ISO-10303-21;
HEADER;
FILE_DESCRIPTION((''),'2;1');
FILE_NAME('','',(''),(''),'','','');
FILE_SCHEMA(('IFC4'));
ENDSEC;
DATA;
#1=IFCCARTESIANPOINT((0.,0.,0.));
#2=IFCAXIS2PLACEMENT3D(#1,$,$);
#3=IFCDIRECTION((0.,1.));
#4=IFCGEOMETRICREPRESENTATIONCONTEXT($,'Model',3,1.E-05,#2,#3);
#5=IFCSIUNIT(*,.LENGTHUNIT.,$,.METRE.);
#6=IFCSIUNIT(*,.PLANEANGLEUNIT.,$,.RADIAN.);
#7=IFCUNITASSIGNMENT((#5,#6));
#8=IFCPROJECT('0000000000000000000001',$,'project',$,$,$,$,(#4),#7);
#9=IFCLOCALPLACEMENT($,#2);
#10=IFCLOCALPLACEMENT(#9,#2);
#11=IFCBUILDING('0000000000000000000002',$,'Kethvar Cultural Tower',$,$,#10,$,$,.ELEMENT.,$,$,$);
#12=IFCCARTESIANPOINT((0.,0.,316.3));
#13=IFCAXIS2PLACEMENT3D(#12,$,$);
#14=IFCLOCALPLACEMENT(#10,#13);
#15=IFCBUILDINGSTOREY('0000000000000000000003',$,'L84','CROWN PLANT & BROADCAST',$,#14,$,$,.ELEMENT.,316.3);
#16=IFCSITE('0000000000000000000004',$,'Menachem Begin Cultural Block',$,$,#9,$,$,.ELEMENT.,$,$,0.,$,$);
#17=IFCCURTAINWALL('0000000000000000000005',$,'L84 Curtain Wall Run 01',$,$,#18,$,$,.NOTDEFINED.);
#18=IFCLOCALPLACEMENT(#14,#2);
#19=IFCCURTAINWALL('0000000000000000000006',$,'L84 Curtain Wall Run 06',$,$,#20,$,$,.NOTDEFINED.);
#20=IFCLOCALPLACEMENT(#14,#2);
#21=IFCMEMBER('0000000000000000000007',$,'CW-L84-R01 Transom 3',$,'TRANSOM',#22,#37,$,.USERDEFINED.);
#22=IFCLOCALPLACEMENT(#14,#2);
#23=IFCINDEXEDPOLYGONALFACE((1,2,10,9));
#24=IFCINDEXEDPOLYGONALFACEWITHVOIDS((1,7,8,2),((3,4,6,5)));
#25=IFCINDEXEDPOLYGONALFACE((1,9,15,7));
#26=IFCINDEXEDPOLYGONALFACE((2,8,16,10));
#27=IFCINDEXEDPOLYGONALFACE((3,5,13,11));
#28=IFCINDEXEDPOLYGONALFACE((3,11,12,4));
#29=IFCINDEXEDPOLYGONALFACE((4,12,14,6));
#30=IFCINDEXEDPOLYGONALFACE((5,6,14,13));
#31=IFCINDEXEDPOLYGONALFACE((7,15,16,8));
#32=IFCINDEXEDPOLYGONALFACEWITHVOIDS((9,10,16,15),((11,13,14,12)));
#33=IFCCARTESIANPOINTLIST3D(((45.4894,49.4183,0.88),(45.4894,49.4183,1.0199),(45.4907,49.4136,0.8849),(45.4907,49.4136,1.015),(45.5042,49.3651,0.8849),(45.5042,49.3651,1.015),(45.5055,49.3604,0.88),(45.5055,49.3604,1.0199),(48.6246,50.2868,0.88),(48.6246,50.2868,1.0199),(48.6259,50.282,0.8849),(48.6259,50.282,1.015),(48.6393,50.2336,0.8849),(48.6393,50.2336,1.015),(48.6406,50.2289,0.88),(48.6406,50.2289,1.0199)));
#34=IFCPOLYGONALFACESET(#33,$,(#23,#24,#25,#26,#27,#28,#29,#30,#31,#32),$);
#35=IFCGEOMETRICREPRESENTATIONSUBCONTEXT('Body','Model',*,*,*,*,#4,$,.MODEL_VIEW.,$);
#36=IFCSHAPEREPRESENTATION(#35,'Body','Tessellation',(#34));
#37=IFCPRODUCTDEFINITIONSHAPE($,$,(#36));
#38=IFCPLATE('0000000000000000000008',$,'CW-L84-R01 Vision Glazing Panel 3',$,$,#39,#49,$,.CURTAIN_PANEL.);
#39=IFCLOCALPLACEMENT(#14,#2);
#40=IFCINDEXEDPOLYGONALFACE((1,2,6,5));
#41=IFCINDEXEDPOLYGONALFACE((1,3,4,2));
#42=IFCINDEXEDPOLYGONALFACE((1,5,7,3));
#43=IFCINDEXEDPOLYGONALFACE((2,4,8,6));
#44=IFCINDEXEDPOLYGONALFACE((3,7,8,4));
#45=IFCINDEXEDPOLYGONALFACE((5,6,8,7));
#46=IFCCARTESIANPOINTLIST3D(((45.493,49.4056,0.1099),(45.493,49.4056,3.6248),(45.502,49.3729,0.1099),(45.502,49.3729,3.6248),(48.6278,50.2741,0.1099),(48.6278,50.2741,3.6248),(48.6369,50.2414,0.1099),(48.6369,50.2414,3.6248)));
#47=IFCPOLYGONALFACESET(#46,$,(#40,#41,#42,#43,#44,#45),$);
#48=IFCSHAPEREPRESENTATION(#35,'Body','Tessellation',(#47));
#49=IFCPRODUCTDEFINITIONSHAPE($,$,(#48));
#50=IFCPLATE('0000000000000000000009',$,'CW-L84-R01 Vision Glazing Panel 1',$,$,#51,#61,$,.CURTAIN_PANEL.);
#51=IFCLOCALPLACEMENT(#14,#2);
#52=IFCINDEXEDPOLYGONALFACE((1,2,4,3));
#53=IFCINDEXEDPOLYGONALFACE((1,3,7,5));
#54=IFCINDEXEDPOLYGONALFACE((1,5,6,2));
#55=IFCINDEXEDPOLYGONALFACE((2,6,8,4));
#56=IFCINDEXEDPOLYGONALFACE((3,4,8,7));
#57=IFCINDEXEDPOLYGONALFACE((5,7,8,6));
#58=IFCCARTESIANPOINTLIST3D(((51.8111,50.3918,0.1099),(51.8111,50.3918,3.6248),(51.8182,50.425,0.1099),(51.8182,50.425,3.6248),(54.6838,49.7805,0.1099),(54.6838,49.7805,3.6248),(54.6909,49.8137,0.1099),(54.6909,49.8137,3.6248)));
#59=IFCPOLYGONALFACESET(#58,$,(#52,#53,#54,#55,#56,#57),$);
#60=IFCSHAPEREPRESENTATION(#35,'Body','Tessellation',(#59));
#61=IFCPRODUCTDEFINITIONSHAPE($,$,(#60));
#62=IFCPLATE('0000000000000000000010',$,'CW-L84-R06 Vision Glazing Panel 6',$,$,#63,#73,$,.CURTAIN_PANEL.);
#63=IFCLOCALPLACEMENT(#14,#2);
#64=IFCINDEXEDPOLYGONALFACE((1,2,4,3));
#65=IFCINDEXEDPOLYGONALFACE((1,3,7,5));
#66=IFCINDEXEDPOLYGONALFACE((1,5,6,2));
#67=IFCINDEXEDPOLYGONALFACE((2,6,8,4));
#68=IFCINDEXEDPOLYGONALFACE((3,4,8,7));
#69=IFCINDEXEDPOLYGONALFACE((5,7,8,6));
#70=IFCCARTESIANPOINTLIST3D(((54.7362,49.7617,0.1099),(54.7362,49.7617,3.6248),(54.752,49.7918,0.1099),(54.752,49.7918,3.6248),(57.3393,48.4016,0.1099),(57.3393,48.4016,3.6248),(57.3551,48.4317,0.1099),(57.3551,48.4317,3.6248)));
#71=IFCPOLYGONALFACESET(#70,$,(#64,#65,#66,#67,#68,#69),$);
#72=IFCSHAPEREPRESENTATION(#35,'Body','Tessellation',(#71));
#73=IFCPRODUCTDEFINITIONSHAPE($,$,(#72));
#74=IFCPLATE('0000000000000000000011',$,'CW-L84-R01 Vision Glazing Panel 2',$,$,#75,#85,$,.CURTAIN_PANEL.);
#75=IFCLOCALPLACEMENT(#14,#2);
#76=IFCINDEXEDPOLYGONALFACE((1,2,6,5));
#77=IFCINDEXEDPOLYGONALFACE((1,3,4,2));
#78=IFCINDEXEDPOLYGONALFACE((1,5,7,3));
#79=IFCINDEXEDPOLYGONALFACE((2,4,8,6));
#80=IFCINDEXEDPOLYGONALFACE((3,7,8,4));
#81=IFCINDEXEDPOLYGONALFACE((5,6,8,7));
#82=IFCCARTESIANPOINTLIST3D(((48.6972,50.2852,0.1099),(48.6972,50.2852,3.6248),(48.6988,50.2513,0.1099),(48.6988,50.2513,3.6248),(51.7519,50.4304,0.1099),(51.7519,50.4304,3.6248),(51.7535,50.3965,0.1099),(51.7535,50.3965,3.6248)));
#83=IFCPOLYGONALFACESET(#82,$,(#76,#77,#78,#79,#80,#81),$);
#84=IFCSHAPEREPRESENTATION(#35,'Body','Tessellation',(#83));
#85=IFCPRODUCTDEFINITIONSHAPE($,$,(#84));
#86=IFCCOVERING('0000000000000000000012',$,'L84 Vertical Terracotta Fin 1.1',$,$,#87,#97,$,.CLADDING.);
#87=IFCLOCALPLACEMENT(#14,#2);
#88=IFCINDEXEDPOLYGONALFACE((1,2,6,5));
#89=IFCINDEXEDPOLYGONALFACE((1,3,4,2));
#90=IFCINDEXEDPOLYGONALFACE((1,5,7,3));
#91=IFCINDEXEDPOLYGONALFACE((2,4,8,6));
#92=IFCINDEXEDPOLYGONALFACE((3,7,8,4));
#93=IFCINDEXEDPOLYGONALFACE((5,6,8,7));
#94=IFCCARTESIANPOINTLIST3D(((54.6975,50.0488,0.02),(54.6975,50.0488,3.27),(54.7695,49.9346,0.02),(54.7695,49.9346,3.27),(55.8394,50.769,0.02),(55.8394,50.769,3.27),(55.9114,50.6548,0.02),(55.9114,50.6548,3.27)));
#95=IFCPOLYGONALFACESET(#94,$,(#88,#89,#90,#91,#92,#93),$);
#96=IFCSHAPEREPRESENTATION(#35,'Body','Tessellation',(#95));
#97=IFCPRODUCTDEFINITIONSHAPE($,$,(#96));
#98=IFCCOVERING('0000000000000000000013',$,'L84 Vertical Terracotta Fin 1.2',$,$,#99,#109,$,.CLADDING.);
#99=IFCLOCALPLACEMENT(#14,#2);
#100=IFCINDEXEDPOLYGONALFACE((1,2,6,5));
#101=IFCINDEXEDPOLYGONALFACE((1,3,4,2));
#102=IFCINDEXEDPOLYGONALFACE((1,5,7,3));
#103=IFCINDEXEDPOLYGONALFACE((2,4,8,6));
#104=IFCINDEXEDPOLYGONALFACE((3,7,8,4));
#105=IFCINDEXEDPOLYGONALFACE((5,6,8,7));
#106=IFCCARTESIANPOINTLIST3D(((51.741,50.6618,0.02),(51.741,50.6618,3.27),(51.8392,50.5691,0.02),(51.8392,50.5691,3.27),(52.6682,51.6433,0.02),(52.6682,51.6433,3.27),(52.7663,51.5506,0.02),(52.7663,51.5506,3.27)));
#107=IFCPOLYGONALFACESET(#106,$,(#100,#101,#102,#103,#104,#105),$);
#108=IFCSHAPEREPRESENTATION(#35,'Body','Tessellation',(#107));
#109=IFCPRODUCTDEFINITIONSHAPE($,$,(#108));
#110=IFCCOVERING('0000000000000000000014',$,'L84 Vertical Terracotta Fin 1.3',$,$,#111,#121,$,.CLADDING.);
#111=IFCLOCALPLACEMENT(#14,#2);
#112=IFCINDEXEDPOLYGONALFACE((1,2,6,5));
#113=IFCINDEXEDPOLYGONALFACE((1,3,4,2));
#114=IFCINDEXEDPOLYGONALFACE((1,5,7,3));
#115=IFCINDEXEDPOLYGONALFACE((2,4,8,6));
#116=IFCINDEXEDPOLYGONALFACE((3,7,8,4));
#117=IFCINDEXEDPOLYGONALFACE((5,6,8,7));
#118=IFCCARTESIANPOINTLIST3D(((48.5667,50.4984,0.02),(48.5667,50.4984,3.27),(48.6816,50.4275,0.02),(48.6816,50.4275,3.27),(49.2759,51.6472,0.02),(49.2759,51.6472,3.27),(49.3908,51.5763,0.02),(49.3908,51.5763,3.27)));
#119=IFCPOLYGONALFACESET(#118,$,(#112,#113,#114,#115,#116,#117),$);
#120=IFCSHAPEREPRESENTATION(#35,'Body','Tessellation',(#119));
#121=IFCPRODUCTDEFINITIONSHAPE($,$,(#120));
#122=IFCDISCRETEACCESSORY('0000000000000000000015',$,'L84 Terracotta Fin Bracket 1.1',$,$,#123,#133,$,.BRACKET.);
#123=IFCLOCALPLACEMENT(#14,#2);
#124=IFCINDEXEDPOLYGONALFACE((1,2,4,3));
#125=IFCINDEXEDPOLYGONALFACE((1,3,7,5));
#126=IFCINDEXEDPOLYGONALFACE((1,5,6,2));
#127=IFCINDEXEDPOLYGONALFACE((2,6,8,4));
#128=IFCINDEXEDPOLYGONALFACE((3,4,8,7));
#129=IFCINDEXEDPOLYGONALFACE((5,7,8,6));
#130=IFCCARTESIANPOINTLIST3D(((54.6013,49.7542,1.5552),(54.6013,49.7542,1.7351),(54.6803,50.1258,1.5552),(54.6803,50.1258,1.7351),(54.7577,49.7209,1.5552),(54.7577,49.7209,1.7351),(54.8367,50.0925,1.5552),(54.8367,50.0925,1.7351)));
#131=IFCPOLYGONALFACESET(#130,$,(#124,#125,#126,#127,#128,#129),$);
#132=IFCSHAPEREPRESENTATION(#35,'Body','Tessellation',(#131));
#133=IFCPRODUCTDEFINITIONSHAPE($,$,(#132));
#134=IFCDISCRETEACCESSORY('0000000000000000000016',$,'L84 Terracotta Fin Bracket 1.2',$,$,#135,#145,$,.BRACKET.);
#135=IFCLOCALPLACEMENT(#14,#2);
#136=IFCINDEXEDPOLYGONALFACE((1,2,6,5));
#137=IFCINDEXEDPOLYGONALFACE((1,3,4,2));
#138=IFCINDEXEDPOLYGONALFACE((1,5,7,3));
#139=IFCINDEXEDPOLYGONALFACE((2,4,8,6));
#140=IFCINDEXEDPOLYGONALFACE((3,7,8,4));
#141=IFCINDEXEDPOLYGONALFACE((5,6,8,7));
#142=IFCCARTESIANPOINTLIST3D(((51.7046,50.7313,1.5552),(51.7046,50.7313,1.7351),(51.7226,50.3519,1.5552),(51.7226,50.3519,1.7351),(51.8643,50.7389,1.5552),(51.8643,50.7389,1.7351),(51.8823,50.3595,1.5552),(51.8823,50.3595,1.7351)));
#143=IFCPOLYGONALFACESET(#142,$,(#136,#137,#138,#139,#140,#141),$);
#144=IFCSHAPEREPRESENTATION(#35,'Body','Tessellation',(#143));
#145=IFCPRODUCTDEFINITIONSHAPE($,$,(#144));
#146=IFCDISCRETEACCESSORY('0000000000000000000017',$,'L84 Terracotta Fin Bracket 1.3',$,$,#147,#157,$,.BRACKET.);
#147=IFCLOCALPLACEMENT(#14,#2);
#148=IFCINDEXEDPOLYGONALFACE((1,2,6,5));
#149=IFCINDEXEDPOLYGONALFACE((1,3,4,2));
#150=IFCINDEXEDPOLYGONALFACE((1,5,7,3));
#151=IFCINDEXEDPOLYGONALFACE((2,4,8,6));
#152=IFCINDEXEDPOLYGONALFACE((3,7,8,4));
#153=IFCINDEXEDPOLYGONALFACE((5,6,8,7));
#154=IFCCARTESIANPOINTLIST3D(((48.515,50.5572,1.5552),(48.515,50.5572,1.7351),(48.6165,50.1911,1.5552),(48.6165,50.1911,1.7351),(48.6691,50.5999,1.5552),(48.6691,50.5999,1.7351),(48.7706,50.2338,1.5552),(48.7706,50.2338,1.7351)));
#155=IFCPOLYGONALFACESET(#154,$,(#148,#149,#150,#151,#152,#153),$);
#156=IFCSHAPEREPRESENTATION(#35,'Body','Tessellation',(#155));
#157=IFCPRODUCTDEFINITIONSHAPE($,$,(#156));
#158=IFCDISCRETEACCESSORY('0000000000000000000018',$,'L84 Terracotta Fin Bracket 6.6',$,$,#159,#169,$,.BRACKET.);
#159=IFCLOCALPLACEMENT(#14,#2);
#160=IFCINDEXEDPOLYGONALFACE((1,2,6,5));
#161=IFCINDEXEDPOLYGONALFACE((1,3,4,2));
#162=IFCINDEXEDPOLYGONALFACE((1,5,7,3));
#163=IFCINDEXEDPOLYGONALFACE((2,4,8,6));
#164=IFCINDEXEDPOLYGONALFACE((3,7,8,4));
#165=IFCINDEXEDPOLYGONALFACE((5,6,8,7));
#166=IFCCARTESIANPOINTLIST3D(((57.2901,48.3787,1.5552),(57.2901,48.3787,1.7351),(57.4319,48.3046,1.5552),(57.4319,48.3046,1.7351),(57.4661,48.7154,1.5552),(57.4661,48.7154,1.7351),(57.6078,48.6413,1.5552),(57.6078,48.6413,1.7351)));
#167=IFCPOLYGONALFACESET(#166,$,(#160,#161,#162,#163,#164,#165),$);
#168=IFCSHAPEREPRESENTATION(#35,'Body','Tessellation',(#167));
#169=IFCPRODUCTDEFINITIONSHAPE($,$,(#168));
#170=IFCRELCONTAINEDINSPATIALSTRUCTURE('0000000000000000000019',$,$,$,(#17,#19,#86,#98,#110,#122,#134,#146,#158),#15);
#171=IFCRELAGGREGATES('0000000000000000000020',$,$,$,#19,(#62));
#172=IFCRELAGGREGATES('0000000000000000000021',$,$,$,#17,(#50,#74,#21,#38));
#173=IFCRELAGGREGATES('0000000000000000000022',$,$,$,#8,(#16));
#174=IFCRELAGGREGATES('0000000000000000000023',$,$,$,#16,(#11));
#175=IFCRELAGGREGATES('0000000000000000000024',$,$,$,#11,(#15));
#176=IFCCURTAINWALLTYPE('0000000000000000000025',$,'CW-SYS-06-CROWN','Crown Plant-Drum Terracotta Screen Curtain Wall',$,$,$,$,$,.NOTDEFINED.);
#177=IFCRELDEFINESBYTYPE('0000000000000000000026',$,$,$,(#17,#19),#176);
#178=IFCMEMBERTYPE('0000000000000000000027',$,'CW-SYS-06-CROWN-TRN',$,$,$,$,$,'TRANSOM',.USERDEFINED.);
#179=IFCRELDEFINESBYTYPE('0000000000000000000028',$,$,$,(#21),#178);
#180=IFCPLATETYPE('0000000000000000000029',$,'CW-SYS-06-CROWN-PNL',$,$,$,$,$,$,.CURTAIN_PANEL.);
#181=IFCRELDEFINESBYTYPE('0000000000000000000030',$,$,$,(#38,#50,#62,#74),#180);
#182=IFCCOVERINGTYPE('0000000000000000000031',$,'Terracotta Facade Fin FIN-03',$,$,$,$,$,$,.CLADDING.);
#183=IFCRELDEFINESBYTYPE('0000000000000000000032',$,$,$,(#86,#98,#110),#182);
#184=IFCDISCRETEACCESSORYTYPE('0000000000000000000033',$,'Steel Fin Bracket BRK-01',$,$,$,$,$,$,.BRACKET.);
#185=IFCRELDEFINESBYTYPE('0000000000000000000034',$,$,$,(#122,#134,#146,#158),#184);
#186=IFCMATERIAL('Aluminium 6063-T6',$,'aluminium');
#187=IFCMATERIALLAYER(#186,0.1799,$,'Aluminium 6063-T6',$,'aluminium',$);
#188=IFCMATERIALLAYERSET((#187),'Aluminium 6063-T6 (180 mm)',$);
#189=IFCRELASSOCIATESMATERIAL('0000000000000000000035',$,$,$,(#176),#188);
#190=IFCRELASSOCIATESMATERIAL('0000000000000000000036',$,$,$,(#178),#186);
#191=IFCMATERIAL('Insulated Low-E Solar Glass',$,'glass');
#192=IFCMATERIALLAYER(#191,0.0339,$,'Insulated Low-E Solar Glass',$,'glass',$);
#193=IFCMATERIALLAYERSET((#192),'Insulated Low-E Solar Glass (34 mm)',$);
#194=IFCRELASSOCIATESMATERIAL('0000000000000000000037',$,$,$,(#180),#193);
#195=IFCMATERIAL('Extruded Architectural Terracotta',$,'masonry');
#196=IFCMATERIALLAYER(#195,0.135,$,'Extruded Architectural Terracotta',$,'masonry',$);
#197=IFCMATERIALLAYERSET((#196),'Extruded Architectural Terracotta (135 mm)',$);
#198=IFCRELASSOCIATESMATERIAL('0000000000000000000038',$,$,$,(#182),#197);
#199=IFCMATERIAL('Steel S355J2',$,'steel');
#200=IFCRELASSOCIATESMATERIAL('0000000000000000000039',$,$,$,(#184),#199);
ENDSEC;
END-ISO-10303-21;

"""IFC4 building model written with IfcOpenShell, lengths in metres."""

from ifc_helpers import new_model, si_unit, direction, frame, origin, origin_2d, place, context, subcontext, project, spatial, rectangle, hollow_rectangle, extrude, source, transform, mapped, material, layer, layer_set, material_profile, profile_set, type_object, element, aggregate, save


model = new_model("IFC4")

# Units and contexts
model_context = context("Model", 3, precision=1e-05, world=origin(), true_north=direction((0.0, 1.0)))
body_context = subcontext(model_context, "Body", "Model", "MODEL_VIEW")
ifc_project = project(units=[si_unit("LENGTHUNIT", "METRE"), si_unit("PLANEANGLEUNIT", "RADIAN")], contexts=[model_context])

# Site, building, storey
site_placement = place(None, origin())
site = spatial("IfcSite", under=ifc_project, at=site_placement, Name="Menachem Begin Cultural Block", CompositionType="ELEMENT", RefElevation=0.0)
building_placement = place(site_placement, origin())
building = spatial("IfcBuilding", under=site, at=building_placement, Name="Kethvar Cultural Tower", CompositionType="ELEMENT")
storey_placement = place(building_placement, frame((0.0, 0.0, 316.3)))
storey = spatial("IfcBuildingStorey", under=building, at=storey_placement, Name="L84", Description="CROWN PLANT & BROADCAST", CompositionType="ELEMENT", Elevation=316.3)

# Shared definitions
ifc_material_1 = material(Name="Steel S355J2", Category="steel")

# Curtain walls
ifc_material_2 = material(Name="Aluminium 6063-T6", Category="aluminium")
ifc_layer_1 = layer(ifc_material_2, 0.1799, Name="Aluminium 6063-T6", Category="aluminium")
ifc_layer_set_1 = layer_set([ifc_layer_1], Name="Aluminium 6063-T6 (180 mm)")
curtain_wall_type = type_object("IfcCurtainWallType", Name="CW-SYS-06-CROWN", Description="Crown Plant-Drum Terracotta Screen Curtain Wall", PredefinedType="NOTDEFINED", material=ifc_layer_set_1)
curtain_wall_1_placement = place(storey_placement, origin())
curtain_wall_1 = element("IfcCurtainWall", 1, at=curtain_wall_1_placement, inside=storey, type_object=curtain_wall_type, Name="L84 Curtain Wall Run 01", PredefinedType="NOTDEFINED")
curtain_wall_2_placement = place(storey_placement, origin())
curtain_wall_2 = element("IfcCurtainWall", 2, at=curtain_wall_2_placement, inside=storey, type_object=curtain_wall_type, Name="L84 Curtain Wall Run 06", PredefinedType="NOTDEFINED")

# Member
ifc_material_profile_1 = material_profile(ifc_material_2, hollow_rectangle(XDim=0.0601, YDim=0.1399, WallThickness=0.0049, at=origin_2d()), Name="Aluminium 6063-T6 — RHS140x60x5")
ifc_profile_set_1 = profile_set([ifc_material_profile_1], Name="Aluminium 6063-T6 — RHS140x60x5")
member_type_1 = type_object("IfcMemberType", Name="CW-SYS-06-CROWN-TRN", ElementType="TRANSOM", PredefinedType="USERDEFINED", material=ifc_profile_set_1)
shared_shape_1 = source(origin(), body_context, "Body", "SweptSolid", [
    extrude(hollow_rectangle(XDim=0.0601, YDim=0.1399, WallThickness=0.0049, at=origin_2d()), origin(), (0.0, 0.0, 1.0), 3.2532),
])
member_1_placement = place(storey_placement, frame((48.6326, 50.2578, 0.95), z_axis=(-0.96371, -0.266951, 0.0), x_axis=(0.266951, -0.96371, 0.0)))
member_1 = element("IfcMember", 3, at=member_1_placement, type_object=member_type_1, Name="CW-L84-R01 Transom 3", ObjectType="TRANSOM", PredefinedType="USERDEFINED", context=body_context, shape_type="MappedRepresentation", body=[
    mapped(shared_shape_1, transform((0.0, 0.0, 0.0), scale=1.0)),
])

# Plates
ifc_material_3 = material(Name="Insulated Low-E Solar Glass", Category="glass")
ifc_layer_2 = layer(ifc_material_3, 0.0339, Name="Insulated Low-E Solar Glass", Category="glass")
ifc_layer_set_2 = layer_set([ifc_layer_2], Name="Insulated Low-E Solar Glass (34 mm)")
plate_type = type_object("IfcPlateType", Name="CW-SYS-06-CROWN-PNL", PredefinedType="CURTAIN_PANEL", material=ifc_layer_set_2)
shared_shape_2 = source(origin(), body_context, "Body", "SweptSolid", [
    extrude(rectangle(XDim=3.2529, YDim=0.0339, at=origin_2d()), origin(), (0.0, 0.0, 1.0), 3.5149),
])
plate_1_placement = place(storey_placement, frame((47.0649, 49.8235, 0.1099), z_axis=(0.0, 0.0, 1.0), x_axis=(-0.9637, -0.266986, 0.0)))
plate_1 = element("IfcPlate", 4, at=plate_1_placement, type_object=plate_type, Name="CW-L84-R01 Vision Glazing Panel 3", PredefinedType="CURTAIN_PANEL", context=body_context, shape_type="MappedRepresentation", body=[
    mapped(shared_shape_2, transform((0.0, 0.0, 0.0), scale=1.0)),
])
shared_shape_3 = source(origin(), body_context, "Body", "SweptSolid", [
    extrude(rectangle(XDim=2.937, YDim=0.0339, at=origin_2d()), origin(), (0.0, 0.0, 1.0), 3.5149),
])
plate_2_placement = place(storey_placement, frame((53.251, 50.1028, 0.1099), z_axis=(0.0, 0.0, 1.0), x_axis=(-0.9781, 0.208134, 0.0)))
plate_2 = element("IfcPlate", 5, at=plate_2_placement, type_object=plate_type, Name="CW-L84-R01 Vision Glazing Panel 1", PredefinedType="CURTAIN_PANEL", context=body_context, shape_type="MappedRepresentation", body=[
    mapped(shared_shape_3, transform((0.0, 0.0, 0.0), scale=1.0)),
])
plate_3_placement = place(storey_placement, frame((56.0457, 49.0967, 0.1099), z_axis=(0.0, 0.0, 1.0), x_axis=(-0.886309, 0.463095, 0.0)))
plate_3 = element("IfcPlate", 6, at=plate_3_placement, type_object=plate_type, Name="CW-L84-R06 Vision Glazing Panel 6", PredefinedType="CURTAIN_PANEL", context=body_context, shape_type="MappedRepresentation", body=[
    mapped(shared_shape_3, transform((0.0, 0.0, 0.0), scale=1.0)),
])
aggregate(curtain_wall_2, [plate_3])
shared_shape_4 = source(origin(), body_context, "Body", "SweptSolid", [
    extrude(rectangle(XDim=3.0581, YDim=0.0339, at=origin_2d()), origin(), (0.0, 0.0, 1.0), 3.5149),
])
plate_4_placement = place(storey_placement, frame((50.2253, 50.3408, 0.1099), z_axis=(0.0, 0.0, 1.0), x_axis=(-0.998873, -0.047473, 0.0)))
plate_4 = element("IfcPlate", 7, at=plate_4_placement, type_object=plate_type, Name="CW-L84-R01 Vision Glazing Panel 2", PredefinedType="CURTAIN_PANEL", context=body_context, shape_type="MappedRepresentation", body=[
    mapped(shared_shape_4, transform((0.0, 0.0, 0.0), scale=1.0)),
])
aggregate(curtain_wall_1, [plate_2, plate_4, member_1, plate_1])

# Coverings
ifc_material_4 = material(Name="Extruded Architectural Terracotta", Category="masonry")
ifc_layer_3 = layer(ifc_material_4, 0.135, Name="Extruded Architectural Terracotta", Category="masonry")
ifc_layer_set_3 = layer_set([ifc_layer_3], Name="Extruded Architectural Terracotta (135 mm)")
covering_type = type_object("IfcCoveringType", Name="Terracotta Facade Fin FIN-03", PredefinedType="CLADDING", material=ifc_layer_set_3)
shared_shape_5 = source(origin(), body_context, "Body", "SweptSolid", [
    extrude(rectangle(XDim=1.3501, YDim=0.135, at=origin_2d()), origin(), (0.0, 0.0, 1.0), 3.25),
])
for number, where, z_axis, x_axis, name in (
    (8, (55.3044, 50.3518, 0.02), (0.0, 0.0, 1.0), (0.845821, 0.533467, 0.0), "L84 Vertical Terracotta Fin 1.1"),
    (9, (52.2537, 51.1062, 0.02), (0.0, 0.0, 1.0), (0.686707, 0.726934, 0.0), "L84 Vertical Terracotta Fin 1.2"),
    (10, (48.9788, 51.0374, 0.02), (0.0, 0.0, 1.0), (0.525323, 0.850903, 0.0), "L84 Vertical Terracotta Fin 1.3"),
):
    element("IfcCovering", number, at=place(storey_placement, frame(where, z_axis=z_axis, x_axis=x_axis)), inside=storey, type_object=covering_type, Name=name, PredefinedType="CLADDING", context=body_context, shape_type="MappedRepresentation", body=[
        mapped(shared_shape_5, transform((0.0, 0.0, 0.0), scale=1.0)),
    ])

# Discrete accessories
discrete_accessory_type = type_object("IfcDiscreteAccessoryType", Name="Steel Fin Bracket BRK-01", PredefinedType="BRACKET", material=ifc_material_1)
shared_shape_6 = source(origin(), body_context, "Body", "SweptSolid", [
    extrude(rectangle(XDim=0.3799, YDim=0.1599, at=origin_2d()), origin(), (0.0, 0.0, 1.0), 0.1799),
])
for number, where, z_axis, x_axis, name in (
    (11, (54.719, 49.9233, 1.5552), (0.0, 0.0, 1.0), (0.208082, 0.978111, 0.0), "L84 Terracotta Fin Bracket 1.1"),
    (12, (51.7935, 50.5454, 1.5552), (0.0, 0.0, 1.0), (-0.047455, 0.998873, 0.0), "L84 Terracotta Fin Bracket 1.2"),
    (13, (48.6428, 50.3955, 1.5552), (0.0, 0.0, 1.0), (-0.26707, 0.963677, 0.0), "L84 Terracotta Fin Bracket 1.3"),
    (14, (57.449, 48.51, 1.5552), (0.0, 0.0, 1.0), (0.463141, 0.886284, 0.0), "L84 Terracotta Fin Bracket 6.6"),
):
    element("IfcDiscreteAccessory", number, at=place(storey_placement, frame(where, z_axis=z_axis, x_axis=x_axis)), inside=storey, type_object=discrete_accessory_type, Name=name, PredefinedType="BRACKET", context=body_context, shape_type="MappedRepresentation", body=[
        mapped(shared_shape_6, transform((0.0, 0.0, 0.0), scale=1.0)),
    ])

save(model, "model.ifc")
